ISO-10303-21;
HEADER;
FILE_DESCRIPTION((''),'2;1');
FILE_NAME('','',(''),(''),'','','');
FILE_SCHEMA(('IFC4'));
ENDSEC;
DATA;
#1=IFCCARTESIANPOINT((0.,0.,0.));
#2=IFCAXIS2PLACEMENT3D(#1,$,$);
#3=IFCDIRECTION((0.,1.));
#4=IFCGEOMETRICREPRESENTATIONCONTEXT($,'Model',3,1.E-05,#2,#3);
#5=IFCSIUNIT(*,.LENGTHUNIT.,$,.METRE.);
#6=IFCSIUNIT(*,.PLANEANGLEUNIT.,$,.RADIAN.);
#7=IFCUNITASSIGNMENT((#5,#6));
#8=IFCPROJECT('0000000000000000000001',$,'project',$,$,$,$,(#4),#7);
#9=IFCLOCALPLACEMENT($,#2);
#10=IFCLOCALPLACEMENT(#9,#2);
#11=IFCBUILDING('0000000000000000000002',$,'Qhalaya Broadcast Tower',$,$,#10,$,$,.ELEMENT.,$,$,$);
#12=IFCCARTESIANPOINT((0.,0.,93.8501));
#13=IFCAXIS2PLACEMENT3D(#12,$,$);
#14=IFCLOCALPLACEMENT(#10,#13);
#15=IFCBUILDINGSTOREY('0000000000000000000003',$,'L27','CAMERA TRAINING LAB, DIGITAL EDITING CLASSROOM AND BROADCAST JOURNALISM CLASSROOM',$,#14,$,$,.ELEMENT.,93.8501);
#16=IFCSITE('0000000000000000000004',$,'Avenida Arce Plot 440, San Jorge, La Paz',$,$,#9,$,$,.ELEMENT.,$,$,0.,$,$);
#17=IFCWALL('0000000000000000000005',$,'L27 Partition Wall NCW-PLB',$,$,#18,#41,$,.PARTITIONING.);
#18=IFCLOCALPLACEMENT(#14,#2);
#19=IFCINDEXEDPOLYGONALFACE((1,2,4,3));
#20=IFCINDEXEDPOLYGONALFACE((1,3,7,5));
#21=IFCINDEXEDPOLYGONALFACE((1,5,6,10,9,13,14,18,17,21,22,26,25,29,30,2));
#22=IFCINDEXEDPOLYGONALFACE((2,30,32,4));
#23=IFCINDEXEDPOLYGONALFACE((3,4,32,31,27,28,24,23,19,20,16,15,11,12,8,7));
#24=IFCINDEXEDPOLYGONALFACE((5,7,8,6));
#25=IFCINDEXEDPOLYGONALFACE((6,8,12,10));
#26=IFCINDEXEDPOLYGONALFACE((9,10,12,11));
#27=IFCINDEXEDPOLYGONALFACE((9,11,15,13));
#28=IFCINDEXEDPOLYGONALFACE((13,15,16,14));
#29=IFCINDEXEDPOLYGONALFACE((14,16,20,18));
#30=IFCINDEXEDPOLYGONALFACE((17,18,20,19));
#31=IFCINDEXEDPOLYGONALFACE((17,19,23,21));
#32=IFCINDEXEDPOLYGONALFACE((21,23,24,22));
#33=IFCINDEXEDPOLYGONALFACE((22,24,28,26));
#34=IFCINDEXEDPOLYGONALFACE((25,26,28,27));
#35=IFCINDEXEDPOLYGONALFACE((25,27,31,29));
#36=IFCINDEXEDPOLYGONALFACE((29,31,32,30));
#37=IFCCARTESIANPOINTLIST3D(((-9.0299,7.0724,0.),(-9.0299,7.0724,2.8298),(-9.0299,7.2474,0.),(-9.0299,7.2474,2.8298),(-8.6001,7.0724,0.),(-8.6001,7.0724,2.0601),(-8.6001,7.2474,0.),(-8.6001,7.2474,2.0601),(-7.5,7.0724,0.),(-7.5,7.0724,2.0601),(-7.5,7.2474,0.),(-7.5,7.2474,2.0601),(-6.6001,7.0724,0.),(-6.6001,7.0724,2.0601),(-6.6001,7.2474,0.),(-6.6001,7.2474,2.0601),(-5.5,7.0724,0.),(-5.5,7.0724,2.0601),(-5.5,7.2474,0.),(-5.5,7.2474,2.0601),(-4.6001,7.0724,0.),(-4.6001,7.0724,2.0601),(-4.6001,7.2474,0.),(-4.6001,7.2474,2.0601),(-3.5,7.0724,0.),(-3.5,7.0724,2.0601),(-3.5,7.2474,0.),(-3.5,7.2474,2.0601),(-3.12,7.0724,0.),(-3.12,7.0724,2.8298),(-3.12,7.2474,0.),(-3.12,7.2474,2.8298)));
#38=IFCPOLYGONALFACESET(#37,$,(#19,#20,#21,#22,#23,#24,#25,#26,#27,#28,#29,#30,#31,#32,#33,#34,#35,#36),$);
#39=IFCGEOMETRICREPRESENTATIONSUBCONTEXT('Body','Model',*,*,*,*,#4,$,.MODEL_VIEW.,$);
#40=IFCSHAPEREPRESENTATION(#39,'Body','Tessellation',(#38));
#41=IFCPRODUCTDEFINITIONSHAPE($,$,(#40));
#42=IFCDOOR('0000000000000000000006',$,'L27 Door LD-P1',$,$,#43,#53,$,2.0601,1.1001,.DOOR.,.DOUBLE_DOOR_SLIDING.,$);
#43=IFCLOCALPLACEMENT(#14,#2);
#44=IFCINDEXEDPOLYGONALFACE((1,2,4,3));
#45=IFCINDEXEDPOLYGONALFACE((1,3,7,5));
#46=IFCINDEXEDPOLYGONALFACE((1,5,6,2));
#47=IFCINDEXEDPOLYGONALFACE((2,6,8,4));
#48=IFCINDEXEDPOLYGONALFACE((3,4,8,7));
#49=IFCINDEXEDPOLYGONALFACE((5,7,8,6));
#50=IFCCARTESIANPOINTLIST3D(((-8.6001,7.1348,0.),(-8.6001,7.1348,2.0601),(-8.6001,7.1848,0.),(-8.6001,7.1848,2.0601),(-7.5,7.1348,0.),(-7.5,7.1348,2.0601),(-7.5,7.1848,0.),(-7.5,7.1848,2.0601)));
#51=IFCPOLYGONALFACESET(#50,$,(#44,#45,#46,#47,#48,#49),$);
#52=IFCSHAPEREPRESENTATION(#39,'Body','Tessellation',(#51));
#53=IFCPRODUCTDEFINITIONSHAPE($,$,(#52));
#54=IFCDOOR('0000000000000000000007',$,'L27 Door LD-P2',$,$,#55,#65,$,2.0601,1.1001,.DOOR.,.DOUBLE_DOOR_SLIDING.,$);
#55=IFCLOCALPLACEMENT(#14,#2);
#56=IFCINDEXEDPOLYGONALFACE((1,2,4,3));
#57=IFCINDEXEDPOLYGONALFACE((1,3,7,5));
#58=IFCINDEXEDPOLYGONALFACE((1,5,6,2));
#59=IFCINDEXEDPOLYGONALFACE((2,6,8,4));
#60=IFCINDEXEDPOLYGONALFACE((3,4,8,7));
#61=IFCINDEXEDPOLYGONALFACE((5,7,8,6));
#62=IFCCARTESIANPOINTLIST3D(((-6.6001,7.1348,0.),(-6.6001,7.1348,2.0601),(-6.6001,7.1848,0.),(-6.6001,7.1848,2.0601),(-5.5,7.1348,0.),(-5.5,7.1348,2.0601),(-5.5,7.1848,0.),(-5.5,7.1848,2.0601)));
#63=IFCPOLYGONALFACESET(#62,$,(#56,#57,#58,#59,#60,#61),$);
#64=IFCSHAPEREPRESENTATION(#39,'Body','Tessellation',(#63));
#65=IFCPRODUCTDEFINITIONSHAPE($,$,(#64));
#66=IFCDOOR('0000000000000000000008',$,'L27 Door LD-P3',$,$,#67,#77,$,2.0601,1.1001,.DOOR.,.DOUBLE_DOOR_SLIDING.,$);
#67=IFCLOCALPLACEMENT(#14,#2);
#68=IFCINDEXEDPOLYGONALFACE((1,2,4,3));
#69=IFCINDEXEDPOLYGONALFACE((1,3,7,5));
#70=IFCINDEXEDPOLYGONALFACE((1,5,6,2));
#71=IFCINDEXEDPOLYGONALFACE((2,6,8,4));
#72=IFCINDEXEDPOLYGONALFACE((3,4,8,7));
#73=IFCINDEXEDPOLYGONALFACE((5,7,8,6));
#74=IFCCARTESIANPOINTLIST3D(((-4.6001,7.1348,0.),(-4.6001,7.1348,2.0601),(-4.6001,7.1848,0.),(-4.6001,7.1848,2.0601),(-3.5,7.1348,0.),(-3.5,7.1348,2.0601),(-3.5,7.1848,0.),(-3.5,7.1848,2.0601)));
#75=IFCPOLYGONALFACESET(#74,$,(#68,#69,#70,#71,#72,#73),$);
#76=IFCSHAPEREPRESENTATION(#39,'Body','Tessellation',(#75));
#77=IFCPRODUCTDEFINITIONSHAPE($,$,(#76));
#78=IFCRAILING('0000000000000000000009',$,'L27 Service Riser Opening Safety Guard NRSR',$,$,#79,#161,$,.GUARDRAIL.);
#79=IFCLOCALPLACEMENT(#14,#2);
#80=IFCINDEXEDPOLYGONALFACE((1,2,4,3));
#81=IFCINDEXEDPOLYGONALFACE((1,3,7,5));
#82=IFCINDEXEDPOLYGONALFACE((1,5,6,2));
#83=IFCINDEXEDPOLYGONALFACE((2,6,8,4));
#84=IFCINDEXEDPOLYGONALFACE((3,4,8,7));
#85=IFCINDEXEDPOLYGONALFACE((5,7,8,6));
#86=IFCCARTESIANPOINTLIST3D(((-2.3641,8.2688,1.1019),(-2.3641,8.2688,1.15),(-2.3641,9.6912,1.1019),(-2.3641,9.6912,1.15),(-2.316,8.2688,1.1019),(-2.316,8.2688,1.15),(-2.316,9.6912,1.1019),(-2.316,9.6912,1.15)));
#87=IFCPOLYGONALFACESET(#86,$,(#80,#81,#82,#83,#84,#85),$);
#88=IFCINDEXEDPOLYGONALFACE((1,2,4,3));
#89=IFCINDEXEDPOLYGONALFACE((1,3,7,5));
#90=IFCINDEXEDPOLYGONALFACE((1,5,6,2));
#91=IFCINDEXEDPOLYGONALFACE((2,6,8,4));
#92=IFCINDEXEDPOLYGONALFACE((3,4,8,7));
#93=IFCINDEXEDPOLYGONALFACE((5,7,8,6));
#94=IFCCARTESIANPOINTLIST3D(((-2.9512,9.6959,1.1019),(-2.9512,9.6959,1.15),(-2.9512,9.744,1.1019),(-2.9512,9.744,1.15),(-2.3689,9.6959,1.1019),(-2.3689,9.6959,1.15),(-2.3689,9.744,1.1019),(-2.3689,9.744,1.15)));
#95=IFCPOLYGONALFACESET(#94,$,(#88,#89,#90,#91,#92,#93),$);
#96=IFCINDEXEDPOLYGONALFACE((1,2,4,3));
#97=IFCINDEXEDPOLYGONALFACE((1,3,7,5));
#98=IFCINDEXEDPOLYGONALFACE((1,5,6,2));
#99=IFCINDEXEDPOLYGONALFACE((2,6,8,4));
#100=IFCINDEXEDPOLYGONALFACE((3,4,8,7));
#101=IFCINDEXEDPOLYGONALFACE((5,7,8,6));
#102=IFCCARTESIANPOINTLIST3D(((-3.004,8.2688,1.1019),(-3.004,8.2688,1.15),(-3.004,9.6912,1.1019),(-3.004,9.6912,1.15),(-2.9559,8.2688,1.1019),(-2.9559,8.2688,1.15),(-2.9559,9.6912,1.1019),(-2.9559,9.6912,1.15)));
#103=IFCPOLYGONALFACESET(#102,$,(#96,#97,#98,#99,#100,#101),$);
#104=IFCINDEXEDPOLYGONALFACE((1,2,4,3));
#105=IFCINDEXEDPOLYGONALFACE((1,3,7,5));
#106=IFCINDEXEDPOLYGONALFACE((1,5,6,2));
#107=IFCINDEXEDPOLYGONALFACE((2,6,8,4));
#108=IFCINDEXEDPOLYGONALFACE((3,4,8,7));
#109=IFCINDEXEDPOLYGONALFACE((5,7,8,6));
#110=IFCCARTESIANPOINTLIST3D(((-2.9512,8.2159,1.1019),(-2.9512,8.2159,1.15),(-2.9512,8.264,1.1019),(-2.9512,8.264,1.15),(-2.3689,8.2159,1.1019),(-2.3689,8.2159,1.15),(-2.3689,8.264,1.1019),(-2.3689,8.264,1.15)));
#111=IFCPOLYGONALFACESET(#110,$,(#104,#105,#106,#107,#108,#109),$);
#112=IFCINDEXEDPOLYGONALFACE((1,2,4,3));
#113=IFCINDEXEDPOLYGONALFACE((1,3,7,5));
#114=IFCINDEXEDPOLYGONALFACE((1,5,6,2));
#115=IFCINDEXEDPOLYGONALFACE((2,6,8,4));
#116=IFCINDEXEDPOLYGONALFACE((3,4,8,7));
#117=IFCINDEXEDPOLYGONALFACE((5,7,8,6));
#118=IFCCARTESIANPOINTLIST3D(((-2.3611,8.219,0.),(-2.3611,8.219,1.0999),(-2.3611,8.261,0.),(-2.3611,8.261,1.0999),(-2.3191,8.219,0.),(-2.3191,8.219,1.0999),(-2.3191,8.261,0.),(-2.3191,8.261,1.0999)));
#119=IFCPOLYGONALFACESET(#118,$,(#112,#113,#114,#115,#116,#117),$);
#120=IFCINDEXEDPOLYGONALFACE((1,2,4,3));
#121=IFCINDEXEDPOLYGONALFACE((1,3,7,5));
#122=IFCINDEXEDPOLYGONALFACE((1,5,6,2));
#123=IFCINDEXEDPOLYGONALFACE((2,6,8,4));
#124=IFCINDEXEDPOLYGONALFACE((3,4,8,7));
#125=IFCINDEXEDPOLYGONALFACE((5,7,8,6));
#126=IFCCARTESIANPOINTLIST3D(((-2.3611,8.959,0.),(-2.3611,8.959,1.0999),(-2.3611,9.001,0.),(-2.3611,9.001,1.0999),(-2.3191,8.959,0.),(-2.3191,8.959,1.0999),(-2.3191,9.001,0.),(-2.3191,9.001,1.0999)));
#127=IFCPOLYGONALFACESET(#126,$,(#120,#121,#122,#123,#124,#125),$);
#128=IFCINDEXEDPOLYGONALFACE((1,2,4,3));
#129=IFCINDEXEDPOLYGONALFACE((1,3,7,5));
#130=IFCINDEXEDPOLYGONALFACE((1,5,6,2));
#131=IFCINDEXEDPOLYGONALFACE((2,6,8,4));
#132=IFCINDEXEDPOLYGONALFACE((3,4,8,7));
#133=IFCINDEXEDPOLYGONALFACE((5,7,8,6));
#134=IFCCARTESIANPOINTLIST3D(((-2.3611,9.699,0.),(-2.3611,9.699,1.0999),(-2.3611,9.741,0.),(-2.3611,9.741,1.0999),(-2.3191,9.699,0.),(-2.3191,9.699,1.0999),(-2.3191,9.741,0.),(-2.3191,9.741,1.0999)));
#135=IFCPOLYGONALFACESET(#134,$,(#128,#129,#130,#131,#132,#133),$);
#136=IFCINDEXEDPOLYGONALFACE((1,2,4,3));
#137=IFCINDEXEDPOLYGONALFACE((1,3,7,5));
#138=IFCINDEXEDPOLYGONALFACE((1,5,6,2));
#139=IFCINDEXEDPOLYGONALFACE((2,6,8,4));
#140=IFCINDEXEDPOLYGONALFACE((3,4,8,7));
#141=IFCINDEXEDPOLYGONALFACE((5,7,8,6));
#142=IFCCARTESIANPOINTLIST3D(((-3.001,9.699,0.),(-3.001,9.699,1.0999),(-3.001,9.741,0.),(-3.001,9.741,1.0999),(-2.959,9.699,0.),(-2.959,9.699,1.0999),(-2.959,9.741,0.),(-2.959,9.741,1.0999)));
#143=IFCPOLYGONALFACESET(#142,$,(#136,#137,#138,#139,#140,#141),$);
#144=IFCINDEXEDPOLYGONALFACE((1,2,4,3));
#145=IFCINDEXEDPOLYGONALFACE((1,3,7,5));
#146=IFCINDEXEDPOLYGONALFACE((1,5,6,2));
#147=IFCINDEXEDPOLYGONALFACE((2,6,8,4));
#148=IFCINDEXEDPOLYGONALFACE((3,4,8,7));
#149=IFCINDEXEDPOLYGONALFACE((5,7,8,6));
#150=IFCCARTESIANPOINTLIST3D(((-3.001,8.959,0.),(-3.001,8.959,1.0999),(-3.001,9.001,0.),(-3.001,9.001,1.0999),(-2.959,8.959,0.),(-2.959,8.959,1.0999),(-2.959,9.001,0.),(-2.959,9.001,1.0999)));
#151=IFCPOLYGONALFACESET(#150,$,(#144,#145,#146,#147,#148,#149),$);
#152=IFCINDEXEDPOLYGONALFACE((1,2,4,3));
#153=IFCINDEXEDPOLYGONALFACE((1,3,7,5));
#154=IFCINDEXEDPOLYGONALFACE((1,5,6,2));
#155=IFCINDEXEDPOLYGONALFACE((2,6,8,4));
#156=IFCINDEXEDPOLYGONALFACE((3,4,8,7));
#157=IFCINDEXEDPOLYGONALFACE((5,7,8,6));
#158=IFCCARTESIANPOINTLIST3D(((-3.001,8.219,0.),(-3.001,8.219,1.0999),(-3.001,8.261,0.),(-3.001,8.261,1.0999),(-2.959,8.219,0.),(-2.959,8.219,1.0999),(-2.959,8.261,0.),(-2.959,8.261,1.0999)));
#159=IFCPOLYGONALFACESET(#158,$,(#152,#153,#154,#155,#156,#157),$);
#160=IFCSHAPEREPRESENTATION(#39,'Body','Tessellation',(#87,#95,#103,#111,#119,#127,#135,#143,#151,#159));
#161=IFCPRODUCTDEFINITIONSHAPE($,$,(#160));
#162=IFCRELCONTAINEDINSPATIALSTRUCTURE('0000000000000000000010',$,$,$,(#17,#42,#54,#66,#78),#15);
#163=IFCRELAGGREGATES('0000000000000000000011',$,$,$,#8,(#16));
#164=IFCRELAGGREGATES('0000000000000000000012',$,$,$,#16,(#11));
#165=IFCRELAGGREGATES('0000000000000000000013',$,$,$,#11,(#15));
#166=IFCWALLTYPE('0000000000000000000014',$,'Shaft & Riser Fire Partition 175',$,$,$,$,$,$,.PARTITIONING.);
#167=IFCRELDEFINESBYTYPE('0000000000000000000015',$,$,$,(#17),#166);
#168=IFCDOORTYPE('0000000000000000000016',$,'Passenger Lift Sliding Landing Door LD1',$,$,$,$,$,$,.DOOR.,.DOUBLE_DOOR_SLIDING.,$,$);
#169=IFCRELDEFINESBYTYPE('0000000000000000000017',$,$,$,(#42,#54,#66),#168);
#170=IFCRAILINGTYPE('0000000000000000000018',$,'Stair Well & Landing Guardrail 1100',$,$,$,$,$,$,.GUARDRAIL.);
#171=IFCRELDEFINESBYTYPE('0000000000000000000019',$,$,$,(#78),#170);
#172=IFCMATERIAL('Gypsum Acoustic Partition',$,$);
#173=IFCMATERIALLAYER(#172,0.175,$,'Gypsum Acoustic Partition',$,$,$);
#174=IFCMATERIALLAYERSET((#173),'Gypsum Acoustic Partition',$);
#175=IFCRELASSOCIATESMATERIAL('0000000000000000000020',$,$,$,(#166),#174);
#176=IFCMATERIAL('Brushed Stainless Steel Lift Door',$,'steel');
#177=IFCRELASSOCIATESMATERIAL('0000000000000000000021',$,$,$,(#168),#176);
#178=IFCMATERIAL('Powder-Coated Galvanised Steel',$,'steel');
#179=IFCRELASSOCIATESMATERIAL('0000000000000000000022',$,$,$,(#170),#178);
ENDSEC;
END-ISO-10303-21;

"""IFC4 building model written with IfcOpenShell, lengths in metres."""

from ifc_helpers import new_model, si_unit, direction, frame, frame_2d, origin, origin_2d, place, context, subcontext, project, spatial, rectangle, extrude, material, layer, layer_set, type_object, element, fill, save


model = new_model("IFC4")

# Units and contexts
model_context = context("Model", 3, precision=1e-05, world=origin(), true_north=direction((0.0, 1.0)))
body_context = subcontext(model_context, "Body", "Model", "MODEL_VIEW")
ifc_project = project(units=[si_unit("LENGTHUNIT", "METRE"), si_unit("PLANEANGLEUNIT", "RADIAN")], contexts=[model_context])

# Site, building, storey
site_placement = place(None, origin())
site = spatial("IfcSite", under=ifc_project, at=site_placement, Name="Avenida Arce Plot 440, San Jorge, La Paz", CompositionType="ELEMENT", RefElevation=0.0)
building_placement = place(site_placement, origin())
building = spatial("IfcBuilding", under=site, at=building_placement, Name="Qhalaya Broadcast Tower", CompositionType="ELEMENT")
storey_placement = place(building_placement, frame((0.0, 0.0, 93.8501)))
storey = spatial("IfcBuildingStorey", under=building, at=storey_placement, Name="L27", Description="CAMERA TRAINING LAB, DIGITAL EDITING CLASSROOM AND BROADCAST JOURNALISM CLASSROOM", CompositionType="ELEMENT", Elevation=93.8501)

# Shared definitions
ifc_material_1 = material(Name="Gypsum Acoustic Partition")

# Shared definitions
ifc_layer_1 = layer(ifc_material_1, 0.175, Name="Gypsum Acoustic Partition")
ifc_layer_set_1 = layer_set([ifc_layer_1], Name="Gypsum Acoustic Partition")
wall_type_1 = type_object("IfcWallType", Name="Shaft & Riser Fire Partition 175", PredefinedType="PARTITIONING", material=ifc_layer_set_1)

# Wall, openings, doors
wall_1_placement = place(storey_placement, frame((-9.03, 7.1599, 0.0), z_axis=(0.0, 0.0, 1.0), x_axis=(1.0, 0.0, 0.0)))
wall_1 = element("IfcWall", 1, at=wall_1_placement, inside=storey, type_object=wall_type_1, Name="L27 Partition Wall NCW-PLB", PredefinedType="PARTITIONING", context=body_context, shape_type="SweptSolid", body=[
    extrude(rectangle(XDim=5.9099, YDim=0.175, at=frame_2d((2.9551, 0.0))), origin(), (0.0, 0.0, 1.0), 2.8298),
])
opening_1_placement = place(wall_1_placement, frame((0.4299, 0.0, 0.0)))
opening_1 = element("IfcOpeningElement", 2, at=opening_1_placement, cuts=wall_1, PredefinedType="OPENING", context=body_context, shape_type="SweptSolid", body=[
    extrude(rectangle(XDim=1.1001, YDim=2.0601, at=frame_2d((0.55, 1.03))), frame((0.0, 0.0996, 0.0), z_axis=(0.0, -1.0, 0.0), x_axis=(1.0, 0.0, 0.0)), (0.0, 0.0, 1.0), 0.199),
])
opening_2_placement = place(wall_1_placement, frame((2.4299, 0.0, 0.0)))
opening_2 = element("IfcOpeningElement", 3, at=opening_2_placement, cuts=wall_1, PredefinedType="OPENING", context=body_context, shape_type="SweptSolid", body=[
    extrude(rectangle(XDim=1.1001, YDim=2.0601, at=frame_2d((0.55, 1.03))), frame((0.0, 0.0996, 0.0), z_axis=(0.0, -1.0, 0.0), x_axis=(1.0, 0.0, 0.0)), (0.0, 0.0, 1.0), 0.199),
])
opening_3_placement = place(wall_1_placement, frame((4.4299, 0.0, 0.0)))
opening_3 = element("IfcOpeningElement", 4, at=opening_3_placement, cuts=wall_1, PredefinedType="OPENING", context=body_context, shape_type="SweptSolid", body=[
    extrude(rectangle(XDim=1.1001, YDim=2.0601, at=frame_2d((0.55, 1.03))), frame((0.0, 0.0996, 0.0), z_axis=(0.0, -1.0, 0.0), x_axis=(1.0, 0.0, 0.0)), (0.0, 0.0, 1.0), 0.199),
])
ifc_material_2 = material(Name="Brushed Stainless Steel Lift Door", Category="steel")
door_type_1 = type_object("IfcDoorType", Name="Passenger Lift Sliding Landing Door LD1", OperationType="DOUBLE_DOOR_SLIDING", PredefinedType="DOOR", material=ifc_material_2)
door_1_placement = place(opening_1_placement, origin())
door_1 = element("IfcDoor", 5, at=door_1_placement, inside=storey, type_object=door_type_1, Name="L27 Door LD-P1", OperationType="DOUBLE_DOOR_SLIDING", OverallHeight=2.0601, OverallWidth=1.1001, PredefinedType="DOOR", context=body_context, shape_type="SweptSolid", body=[
    extrude(rectangle(XDim=1.1001, YDim=2.0601, at=frame_2d((0.55, 1.03))), frame((0.0, 0.0249, 0.0), z_axis=(0.0, -1.0, 0.0), x_axis=(1.0, 0.0, 0.0)), (0.0, 0.0, 1.0), 0.05),
])
fill(opening_1, door_1)
door_2_placement = place(opening_2_placement, origin())
door_2 = element("IfcDoor", 6, at=door_2_placement, inside=storey, type_object=door_type_1, Name="L27 Door LD-P2", OperationType="DOUBLE_DOOR_SLIDING", OverallHeight=2.0601, OverallWidth=1.1001, PredefinedType="DOOR", context=body_context, shape_type="SweptSolid", body=[
    extrude(rectangle(XDim=1.1001, YDim=2.0601, at=frame_2d((0.55, 1.03))), frame((0.0, 0.0249, 0.0), z_axis=(0.0, -1.0, 0.0), x_axis=(1.0, 0.0, 0.0)), (0.0, 0.0, 1.0), 0.05),
])
fill(opening_2, door_2)
door_3_placement = place(opening_3_placement, origin())
door_3 = element("IfcDoor", 7, at=door_3_placement, inside=storey, type_object=door_type_1, Name="L27 Door LD-P3", OperationType="DOUBLE_DOOR_SLIDING", OverallHeight=2.0601, OverallWidth=1.1001, PredefinedType="DOOR", context=body_context, shape_type="SweptSolid", body=[
    extrude(rectangle(XDim=1.1001, YDim=2.0601, at=frame_2d((0.55, 1.03))), frame((0.0, 0.0249, 0.0), z_axis=(0.0, -1.0, 0.0), x_axis=(1.0, 0.0, 0.0)), (0.0, 0.0, 1.0), 0.05),
])
fill(opening_3, door_3)

# Railing
ifc_material_3 = material(Name="Powder-Coated Galvanised Steel", Category="steel")
railing_type = type_object("IfcRailingType", Name="Stair Well & Landing Guardrail 1100", PredefinedType="GUARDRAIL", material=ifc_material_3)
railing_placement = place(storey_placement, frame((-2.3401, 8.24, 0.0)))
element("IfcRailing", 8, at=railing_placement, inside=storey, type_object=railing_type, Name="L27 Service Riser Opening Safety Guard NRSR", PredefinedType="GUARDRAIL", context=body_context, shape_type="SweptSolid", body=[
    extrude(rectangle(XDim=0.0481, YDim=0.0481, at=origin_2d()), frame((0.0, 0.0288, 1.126), z_axis=(0.0, 1.0, 0.0), x_axis=(-1.0, 0.0, 0.0)), (0.0, 0.0, 1.0), 1.4224),
    extrude(rectangle(XDim=0.0481, YDim=0.0481, at=origin_2d()), frame((-0.0288, 1.48, 1.126), z_axis=(-1.0, 0.0, 0.0), x_axis=(0.0, -1.0, 0.0)), (0.0, 0.0, 1.0), 0.5823),
    extrude(rectangle(XDim=0.0481, YDim=0.0481, at=origin_2d()), frame((-0.6399, 1.4512, 1.126), z_axis=(0.0, -1.0, 0.0), x_axis=(1.0, 0.0, 0.0)), (0.0, 0.0, 1.0), 1.4224),
    extrude(rectangle(XDim=0.0481, YDim=0.0481, at=origin_2d()), frame((-0.6111, 0.0, 1.126), z_axis=(1.0, 0.0, 0.0), x_axis=(0.0, 1.0, 0.0)), (0.0, 0.0, 1.0), 0.5823),
    extrude(rectangle(XDim=0.042, YDim=0.042, at=origin_2d()), origin(), (0.0, 0.0, 1.0), 1.0999),
    extrude(rectangle(XDim=0.042, YDim=0.042, at=origin_2d()), frame((0.0, 0.74, 0.0)), (0.0, 0.0, 1.0), 1.0999),
    extrude(rectangle(XDim=0.042, YDim=0.042, at=origin_2d()), frame((0.0, 1.48, 0.0)), (0.0, 0.0, 1.0), 1.0999),
    extrude(rectangle(XDim=0.042, YDim=0.042, at=origin_2d()), frame((-0.6399, 1.48, 0.0)), (0.0, 0.0, 1.0), 1.0999),
    extrude(rectangle(XDim=0.042, YDim=0.042, at=origin_2d()), frame((-0.6399, 0.74, 0.0)), (0.0, 0.0, 1.0), 1.0999),
    extrude(rectangle(XDim=0.042, YDim=0.042, at=origin_2d()), frame((-0.6399, 0.0, 0.0)), (0.0, 0.0, 1.0), 1.0999),
])

save(model, "model.ifc")
